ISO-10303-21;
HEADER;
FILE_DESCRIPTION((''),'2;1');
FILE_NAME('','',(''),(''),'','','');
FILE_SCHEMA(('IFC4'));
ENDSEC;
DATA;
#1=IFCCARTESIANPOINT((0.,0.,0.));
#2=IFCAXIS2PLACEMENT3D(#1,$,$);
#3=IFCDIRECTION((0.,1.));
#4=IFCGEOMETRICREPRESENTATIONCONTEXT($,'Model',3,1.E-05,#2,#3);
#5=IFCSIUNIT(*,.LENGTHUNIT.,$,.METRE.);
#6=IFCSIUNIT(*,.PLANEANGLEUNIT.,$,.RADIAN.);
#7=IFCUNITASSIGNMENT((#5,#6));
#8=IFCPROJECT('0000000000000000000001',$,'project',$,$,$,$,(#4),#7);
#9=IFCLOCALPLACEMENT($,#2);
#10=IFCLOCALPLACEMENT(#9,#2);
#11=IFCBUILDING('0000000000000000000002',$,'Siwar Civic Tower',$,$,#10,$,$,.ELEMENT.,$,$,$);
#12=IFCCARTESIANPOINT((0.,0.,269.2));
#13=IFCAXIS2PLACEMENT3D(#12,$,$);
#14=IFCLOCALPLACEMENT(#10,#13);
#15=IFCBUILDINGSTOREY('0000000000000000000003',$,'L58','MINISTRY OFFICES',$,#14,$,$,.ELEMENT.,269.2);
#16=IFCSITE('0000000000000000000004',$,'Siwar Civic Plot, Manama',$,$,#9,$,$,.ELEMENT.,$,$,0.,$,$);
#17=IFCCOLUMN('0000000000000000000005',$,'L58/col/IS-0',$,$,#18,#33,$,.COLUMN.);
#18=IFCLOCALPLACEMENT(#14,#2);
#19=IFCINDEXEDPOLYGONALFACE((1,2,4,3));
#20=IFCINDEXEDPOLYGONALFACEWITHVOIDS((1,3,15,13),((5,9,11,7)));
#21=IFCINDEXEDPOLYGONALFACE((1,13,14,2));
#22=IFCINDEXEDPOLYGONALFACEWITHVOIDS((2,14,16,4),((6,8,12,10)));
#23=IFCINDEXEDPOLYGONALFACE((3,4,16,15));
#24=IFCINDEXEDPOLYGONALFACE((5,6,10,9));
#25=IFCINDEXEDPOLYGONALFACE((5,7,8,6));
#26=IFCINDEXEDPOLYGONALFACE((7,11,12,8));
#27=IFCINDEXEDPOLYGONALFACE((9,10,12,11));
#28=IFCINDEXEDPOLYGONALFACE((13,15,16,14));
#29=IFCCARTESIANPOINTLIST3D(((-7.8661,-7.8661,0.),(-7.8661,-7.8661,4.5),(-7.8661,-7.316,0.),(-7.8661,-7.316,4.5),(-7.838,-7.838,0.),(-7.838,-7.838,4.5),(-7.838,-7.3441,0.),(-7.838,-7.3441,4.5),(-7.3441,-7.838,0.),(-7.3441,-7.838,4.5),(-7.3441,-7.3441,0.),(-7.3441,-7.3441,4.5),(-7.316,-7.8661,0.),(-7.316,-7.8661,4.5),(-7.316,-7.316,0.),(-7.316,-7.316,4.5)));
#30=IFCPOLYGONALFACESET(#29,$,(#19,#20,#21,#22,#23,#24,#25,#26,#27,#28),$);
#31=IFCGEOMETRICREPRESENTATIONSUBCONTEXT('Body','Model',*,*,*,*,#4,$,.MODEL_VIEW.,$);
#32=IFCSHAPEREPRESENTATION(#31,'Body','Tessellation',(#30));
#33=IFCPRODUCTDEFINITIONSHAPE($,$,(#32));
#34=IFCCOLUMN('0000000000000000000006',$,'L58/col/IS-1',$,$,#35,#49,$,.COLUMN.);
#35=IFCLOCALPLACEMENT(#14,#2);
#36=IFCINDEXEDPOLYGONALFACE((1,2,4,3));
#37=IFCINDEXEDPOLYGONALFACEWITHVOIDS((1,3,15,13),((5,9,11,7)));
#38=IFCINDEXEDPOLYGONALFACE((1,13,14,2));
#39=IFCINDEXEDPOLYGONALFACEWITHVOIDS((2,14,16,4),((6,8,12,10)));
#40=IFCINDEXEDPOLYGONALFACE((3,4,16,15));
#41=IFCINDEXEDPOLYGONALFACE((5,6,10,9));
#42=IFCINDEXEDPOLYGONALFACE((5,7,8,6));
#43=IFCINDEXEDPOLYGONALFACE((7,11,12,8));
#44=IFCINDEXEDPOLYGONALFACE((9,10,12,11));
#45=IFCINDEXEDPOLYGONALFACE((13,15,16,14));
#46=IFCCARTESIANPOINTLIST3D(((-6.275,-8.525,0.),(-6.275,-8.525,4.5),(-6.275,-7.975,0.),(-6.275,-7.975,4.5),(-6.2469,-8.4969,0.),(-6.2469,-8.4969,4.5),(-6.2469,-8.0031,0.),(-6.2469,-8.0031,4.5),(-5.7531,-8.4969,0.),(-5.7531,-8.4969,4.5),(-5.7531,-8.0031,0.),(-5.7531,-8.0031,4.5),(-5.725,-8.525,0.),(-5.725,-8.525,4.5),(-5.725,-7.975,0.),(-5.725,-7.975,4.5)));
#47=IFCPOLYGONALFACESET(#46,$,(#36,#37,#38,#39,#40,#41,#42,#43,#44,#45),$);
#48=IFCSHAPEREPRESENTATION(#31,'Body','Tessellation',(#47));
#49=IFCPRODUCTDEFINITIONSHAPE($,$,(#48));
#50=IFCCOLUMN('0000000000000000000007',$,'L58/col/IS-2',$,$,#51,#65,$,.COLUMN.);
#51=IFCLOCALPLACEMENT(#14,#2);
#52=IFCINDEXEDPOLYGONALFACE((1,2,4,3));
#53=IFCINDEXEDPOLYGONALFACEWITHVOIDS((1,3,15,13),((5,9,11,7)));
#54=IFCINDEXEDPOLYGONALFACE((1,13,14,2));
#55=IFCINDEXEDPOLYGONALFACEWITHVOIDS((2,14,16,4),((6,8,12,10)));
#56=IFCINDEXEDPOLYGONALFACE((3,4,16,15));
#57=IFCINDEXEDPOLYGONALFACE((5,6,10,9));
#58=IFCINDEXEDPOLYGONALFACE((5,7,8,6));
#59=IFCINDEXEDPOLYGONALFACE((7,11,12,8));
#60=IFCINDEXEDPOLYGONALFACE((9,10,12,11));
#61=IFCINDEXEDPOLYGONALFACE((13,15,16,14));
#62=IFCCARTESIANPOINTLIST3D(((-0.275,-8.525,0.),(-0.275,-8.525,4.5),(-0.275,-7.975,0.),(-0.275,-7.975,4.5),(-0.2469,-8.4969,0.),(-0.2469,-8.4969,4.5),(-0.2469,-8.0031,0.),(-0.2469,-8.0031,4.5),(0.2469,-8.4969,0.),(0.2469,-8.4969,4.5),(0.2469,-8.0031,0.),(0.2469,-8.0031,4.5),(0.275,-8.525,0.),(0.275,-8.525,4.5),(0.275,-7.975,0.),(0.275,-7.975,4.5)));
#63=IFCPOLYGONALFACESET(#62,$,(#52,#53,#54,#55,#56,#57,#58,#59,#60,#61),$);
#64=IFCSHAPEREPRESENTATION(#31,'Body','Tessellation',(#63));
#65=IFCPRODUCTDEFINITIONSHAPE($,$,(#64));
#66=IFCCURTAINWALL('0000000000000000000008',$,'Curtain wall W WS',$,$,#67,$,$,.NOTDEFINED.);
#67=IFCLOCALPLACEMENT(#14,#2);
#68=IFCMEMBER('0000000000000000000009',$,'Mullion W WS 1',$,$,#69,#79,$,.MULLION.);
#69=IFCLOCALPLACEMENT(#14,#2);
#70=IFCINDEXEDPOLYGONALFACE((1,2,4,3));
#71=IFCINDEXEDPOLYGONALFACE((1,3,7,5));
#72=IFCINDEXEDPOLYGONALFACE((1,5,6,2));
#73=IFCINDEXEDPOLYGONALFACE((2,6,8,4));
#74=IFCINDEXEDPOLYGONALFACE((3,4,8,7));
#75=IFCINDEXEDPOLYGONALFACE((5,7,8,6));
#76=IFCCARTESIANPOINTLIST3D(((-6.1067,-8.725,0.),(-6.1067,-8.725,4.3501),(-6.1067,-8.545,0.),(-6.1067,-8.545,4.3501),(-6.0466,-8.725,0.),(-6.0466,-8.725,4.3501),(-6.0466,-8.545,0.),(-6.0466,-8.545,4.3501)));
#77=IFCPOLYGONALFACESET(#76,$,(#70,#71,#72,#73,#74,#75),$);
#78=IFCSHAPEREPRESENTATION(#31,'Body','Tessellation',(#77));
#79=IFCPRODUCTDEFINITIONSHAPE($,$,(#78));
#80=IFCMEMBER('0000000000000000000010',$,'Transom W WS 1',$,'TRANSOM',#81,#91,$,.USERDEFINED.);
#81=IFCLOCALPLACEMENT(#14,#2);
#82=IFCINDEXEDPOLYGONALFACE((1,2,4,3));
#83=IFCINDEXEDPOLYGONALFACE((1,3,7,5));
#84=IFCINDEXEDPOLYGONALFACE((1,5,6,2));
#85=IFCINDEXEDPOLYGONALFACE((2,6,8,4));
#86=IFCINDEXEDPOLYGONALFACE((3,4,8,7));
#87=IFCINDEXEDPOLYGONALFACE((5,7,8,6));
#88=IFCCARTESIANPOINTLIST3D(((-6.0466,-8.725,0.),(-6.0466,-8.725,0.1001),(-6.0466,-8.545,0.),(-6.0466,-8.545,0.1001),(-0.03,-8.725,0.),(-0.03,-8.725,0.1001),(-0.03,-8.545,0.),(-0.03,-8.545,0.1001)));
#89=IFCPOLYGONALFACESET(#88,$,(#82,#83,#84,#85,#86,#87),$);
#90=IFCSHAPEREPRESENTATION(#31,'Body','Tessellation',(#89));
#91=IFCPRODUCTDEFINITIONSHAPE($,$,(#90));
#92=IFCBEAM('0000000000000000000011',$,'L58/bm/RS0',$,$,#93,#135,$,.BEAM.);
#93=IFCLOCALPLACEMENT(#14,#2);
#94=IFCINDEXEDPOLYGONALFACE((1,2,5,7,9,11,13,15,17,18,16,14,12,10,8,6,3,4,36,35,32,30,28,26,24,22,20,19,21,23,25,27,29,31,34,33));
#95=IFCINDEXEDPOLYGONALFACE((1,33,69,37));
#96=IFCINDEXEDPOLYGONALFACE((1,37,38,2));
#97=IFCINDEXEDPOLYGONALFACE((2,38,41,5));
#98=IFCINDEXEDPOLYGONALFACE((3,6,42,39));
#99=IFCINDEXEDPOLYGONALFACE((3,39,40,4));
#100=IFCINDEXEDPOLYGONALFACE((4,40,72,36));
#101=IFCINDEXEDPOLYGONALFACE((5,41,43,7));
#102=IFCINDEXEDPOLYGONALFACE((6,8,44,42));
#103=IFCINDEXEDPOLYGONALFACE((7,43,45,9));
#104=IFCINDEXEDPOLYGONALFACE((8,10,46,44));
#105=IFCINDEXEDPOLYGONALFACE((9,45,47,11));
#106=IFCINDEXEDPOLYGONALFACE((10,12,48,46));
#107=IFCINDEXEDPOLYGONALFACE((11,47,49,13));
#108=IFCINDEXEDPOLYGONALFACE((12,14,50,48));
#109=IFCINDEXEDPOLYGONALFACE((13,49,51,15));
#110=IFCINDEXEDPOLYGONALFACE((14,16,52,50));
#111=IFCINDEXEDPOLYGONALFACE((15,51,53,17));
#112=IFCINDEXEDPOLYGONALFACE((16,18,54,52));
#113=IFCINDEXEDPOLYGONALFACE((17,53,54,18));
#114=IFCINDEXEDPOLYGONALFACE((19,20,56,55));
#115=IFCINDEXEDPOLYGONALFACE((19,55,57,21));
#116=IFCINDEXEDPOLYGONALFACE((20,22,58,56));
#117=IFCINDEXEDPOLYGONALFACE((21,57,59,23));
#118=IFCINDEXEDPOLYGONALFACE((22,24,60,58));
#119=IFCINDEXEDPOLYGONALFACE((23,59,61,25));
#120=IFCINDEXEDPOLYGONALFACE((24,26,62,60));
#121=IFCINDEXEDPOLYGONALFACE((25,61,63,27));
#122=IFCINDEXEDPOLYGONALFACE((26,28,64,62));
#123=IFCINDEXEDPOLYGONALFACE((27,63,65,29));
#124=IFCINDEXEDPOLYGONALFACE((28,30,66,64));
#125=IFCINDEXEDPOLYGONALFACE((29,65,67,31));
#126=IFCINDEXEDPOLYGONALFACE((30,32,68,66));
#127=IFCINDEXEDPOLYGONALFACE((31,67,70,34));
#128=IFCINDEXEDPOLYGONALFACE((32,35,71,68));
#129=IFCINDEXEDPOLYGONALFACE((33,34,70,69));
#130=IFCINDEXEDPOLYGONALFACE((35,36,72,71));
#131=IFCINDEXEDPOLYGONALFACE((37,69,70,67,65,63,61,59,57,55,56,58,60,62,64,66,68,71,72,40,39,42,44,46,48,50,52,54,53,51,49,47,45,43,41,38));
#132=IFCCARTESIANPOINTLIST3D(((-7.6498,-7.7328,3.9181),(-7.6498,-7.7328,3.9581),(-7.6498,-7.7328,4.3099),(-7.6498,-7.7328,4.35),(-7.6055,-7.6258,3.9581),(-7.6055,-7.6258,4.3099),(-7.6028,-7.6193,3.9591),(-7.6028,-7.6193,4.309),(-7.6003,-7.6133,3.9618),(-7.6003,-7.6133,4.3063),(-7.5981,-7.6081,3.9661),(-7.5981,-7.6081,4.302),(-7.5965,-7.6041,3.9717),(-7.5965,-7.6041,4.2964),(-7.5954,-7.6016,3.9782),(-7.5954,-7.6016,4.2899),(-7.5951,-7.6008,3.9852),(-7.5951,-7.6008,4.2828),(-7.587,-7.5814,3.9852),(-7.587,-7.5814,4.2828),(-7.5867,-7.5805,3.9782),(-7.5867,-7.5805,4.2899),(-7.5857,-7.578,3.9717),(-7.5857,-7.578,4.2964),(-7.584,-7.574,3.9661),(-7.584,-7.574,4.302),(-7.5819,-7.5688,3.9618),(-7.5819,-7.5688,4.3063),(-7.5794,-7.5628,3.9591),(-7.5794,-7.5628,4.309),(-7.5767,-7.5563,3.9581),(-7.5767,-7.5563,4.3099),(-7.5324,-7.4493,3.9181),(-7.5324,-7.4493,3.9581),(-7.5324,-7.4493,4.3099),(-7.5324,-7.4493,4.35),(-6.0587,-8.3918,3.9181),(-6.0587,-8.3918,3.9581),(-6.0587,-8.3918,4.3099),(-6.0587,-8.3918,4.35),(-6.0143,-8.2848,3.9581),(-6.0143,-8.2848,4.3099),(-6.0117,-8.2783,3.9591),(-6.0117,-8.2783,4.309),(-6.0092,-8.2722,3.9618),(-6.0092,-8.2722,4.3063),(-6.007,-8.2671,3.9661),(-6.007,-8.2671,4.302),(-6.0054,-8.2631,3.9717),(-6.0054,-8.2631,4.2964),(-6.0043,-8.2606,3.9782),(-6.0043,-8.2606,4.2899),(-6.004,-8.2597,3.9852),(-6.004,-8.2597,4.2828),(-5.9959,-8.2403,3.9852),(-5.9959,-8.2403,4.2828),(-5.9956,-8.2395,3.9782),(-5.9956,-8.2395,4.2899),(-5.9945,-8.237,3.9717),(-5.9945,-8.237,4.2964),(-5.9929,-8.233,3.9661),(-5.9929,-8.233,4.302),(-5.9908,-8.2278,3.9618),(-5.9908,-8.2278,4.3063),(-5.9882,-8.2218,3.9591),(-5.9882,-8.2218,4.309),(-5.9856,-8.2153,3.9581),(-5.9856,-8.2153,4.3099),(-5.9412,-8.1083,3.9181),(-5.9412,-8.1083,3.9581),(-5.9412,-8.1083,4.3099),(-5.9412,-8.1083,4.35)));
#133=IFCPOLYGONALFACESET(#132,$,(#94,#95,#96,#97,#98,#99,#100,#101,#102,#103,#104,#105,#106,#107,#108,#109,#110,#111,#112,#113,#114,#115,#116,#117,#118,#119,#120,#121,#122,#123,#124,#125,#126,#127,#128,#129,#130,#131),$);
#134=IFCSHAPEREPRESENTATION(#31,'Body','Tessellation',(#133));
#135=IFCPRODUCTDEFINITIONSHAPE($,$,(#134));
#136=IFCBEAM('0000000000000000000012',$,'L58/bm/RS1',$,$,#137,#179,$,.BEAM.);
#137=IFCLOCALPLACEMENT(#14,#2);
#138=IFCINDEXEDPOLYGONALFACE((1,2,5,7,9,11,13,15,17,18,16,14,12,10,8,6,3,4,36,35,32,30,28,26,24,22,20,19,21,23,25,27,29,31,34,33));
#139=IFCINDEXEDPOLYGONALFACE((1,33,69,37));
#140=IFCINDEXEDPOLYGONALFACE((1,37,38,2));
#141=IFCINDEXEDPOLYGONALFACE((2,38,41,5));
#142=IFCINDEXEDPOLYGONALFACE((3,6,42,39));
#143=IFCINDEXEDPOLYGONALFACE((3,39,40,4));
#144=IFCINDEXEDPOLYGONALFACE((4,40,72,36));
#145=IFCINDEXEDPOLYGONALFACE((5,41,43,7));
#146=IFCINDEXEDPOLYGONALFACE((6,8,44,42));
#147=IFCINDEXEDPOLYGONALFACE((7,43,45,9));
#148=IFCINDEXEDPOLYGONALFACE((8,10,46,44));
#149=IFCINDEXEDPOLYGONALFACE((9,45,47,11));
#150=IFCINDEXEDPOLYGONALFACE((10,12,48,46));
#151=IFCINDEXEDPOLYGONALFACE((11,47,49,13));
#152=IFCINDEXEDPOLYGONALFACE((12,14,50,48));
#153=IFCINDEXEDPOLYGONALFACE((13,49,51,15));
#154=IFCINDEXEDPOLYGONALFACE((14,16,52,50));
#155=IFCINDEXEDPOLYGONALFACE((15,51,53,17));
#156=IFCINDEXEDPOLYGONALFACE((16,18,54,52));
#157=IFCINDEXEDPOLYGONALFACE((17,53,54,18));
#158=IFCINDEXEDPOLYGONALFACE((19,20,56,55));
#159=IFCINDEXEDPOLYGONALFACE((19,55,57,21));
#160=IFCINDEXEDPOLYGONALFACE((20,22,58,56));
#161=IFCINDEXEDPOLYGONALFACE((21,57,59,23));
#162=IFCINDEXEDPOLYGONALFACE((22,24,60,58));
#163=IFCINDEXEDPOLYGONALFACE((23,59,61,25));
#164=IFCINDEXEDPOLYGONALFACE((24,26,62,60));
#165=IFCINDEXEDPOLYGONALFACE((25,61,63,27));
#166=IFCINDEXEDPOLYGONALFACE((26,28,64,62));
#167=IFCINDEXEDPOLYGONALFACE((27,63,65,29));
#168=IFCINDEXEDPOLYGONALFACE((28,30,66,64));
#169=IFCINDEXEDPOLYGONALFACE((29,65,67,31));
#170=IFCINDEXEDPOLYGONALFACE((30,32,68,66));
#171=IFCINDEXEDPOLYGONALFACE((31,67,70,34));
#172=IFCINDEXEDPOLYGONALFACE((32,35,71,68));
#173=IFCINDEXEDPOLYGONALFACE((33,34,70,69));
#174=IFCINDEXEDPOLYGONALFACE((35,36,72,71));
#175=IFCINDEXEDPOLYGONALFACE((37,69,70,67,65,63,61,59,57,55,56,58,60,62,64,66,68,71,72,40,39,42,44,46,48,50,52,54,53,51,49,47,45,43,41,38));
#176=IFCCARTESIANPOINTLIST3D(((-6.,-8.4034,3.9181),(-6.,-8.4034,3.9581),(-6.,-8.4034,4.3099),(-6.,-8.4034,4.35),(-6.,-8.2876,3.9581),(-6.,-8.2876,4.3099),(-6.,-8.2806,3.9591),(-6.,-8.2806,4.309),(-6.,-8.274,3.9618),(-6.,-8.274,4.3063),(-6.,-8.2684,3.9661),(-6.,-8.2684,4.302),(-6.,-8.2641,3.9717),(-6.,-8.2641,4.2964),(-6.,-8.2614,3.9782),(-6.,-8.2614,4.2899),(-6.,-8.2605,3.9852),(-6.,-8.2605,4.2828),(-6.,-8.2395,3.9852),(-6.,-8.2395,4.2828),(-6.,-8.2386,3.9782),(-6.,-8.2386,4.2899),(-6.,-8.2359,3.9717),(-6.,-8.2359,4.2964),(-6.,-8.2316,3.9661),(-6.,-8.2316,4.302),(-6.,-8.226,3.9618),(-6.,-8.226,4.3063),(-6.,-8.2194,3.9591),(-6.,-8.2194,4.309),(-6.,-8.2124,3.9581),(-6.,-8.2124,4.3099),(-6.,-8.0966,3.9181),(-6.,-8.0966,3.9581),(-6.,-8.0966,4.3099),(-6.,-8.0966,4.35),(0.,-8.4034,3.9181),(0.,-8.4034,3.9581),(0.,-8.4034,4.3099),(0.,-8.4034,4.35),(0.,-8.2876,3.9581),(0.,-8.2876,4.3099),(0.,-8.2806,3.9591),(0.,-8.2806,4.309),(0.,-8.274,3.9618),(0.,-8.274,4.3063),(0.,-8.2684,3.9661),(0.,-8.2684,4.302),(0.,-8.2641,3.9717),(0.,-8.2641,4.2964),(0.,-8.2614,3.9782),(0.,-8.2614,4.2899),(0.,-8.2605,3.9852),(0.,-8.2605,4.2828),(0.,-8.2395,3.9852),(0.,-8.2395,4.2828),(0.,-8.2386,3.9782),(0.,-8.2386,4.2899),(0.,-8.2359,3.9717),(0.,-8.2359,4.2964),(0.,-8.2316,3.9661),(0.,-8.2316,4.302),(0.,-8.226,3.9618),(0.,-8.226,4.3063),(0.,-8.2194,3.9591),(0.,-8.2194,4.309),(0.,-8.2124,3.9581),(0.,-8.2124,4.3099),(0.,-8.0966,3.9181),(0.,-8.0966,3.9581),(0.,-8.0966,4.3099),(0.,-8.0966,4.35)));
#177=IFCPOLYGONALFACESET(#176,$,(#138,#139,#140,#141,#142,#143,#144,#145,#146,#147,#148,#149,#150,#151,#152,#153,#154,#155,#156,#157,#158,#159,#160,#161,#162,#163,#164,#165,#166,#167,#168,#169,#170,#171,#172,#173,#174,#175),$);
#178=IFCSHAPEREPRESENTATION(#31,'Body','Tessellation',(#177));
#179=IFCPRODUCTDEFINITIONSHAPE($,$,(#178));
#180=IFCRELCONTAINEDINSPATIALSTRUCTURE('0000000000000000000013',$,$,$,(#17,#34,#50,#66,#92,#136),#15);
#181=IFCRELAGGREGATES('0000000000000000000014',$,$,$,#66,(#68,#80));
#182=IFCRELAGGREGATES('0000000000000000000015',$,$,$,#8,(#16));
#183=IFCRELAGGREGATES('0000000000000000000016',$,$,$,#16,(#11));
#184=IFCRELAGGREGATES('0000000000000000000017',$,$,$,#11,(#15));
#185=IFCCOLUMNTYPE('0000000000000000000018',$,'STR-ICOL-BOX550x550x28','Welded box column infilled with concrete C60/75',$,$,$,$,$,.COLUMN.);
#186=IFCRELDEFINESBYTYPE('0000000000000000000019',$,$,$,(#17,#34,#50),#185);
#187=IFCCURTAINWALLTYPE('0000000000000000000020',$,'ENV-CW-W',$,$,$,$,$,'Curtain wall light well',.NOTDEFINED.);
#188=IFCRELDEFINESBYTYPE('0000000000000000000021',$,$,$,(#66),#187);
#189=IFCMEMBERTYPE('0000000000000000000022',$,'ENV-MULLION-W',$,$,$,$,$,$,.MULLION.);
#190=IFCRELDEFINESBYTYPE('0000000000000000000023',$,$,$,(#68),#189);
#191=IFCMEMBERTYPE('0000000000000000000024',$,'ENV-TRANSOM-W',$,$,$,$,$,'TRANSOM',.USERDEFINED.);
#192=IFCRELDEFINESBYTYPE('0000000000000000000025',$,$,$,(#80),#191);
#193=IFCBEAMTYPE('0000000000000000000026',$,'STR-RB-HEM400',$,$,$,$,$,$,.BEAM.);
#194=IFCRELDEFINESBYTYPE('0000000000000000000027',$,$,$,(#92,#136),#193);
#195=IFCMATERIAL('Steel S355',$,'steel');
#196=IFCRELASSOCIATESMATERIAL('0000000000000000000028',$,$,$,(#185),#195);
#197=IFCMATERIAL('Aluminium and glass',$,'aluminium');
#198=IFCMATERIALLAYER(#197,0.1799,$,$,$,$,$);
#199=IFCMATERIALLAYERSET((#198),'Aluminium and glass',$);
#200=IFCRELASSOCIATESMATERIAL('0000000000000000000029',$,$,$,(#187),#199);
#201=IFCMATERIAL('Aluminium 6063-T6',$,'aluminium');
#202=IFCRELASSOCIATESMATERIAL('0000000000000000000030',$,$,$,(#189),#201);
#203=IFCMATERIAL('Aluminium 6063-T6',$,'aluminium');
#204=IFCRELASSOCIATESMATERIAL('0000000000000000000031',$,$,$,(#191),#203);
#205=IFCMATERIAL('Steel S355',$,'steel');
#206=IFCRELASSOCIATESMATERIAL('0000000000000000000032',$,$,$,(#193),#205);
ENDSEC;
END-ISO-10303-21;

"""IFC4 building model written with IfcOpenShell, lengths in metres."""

from ifc_helpers import new_model, si_unit, direction, frame, origin, origin_2d, place, context, subcontext, project, spatial, rectangle, hollow_rectangle, i_section, extrude, material, layer, layer_set, material_profile, profile_set, type_object, element, aggregate, save


model = new_model("IFC4")

# Units and contexts
model_context = context("Model", 3, precision=1e-05, world=origin(), true_north=direction((0.0, 1.0)))
body_context = subcontext(model_context, "Body", "Model", "MODEL_VIEW")
ifc_project = project(units=[si_unit("LENGTHUNIT", "METRE"), si_unit("PLANEANGLEUNIT", "RADIAN")], contexts=[model_context])

# Site, building, storey
site_placement = place(None, origin())
site = spatial("IfcSite", under=ifc_project, at=site_placement, Name="Siwar Civic Plot, Manama", CompositionType="ELEMENT", RefElevation=0.0)
building_placement = place(site_placement, origin())
building = spatial("IfcBuilding", under=site, at=building_placement, Name="Siwar Civic Tower", CompositionType="ELEMENT")
storey_placement = place(building_placement, frame((0.0, 0.0, 269.2)))
storey = spatial("IfcBuildingStorey", under=building, at=storey_placement, Name="L58", Description="MINISTRY OFFICES", CompositionType="ELEMENT", Elevation=269.2)

# Columns
ifc_material_1 = material(Name="Steel S355", Category="steel")
ifc_material_profile_1 = material_profile(ifc_material_1, hollow_rectangle(XDim=0.55, YDim=0.55, WallThickness=0.0281, at=origin_2d()), Name="BOX550x550x28")
ifc_profile_set_1 = profile_set([ifc_material_profile_1], Name="Steel S355")
column_type = type_object("IfcColumnType", Name="STR-ICOL-BOX550x550x28", Description="Welded box column infilled with concrete C60/75", PredefinedType="COLUMN", material=ifc_profile_set_1)
for number, where, z_axis, x_axis, name in (
    (1, (-7.5911, -7.5911, 0.0), (0.0, 0.0, 1.0), (1.0, 0.0, 0.0), "L58/col/IS-0"),
    (2, (-6.0, -8.25, 0.0), (0.0, 0.0, 1.0), (1.0, 0.0, 0.0), "L58/col/IS-1"),
    (3, (0.0, -8.25, 0.0), (0.0, 0.0, 1.0), (1.0, 0.0, 0.0), "L58/col/IS-2"),
):
    element("IfcColumn", number, at=place(storey_placement, frame(where, z_axis=z_axis, x_axis=x_axis)), inside=storey, type_object=column_type, Name=name, PredefinedType="COLUMN", context=body_context, shape_type="SweptSolid", body=[
        extrude(hollow_rectangle(XDim=0.55, YDim=0.55, WallThickness=0.0281, at=origin_2d()), origin(), (0.0, 0.0, 1.0), 4.5),
    ])

# Curtain wall, members
ifc_material_2 = material(Name="Aluminium and glass", Category="aluminium")
ifc_layer_1 = layer(ifc_material_2, 0.1799)
ifc_layer_set_1 = layer_set([ifc_layer_1], Name="Aluminium and glass")
curtain_wall_type = type_object("IfcCurtainWallType", Name="ENV-CW-W", ElementType="Curtain wall light well", PredefinedType="NOTDEFINED", material=ifc_layer_set_1)
curtain_wall_placement = place(storey_placement, origin())
curtain_wall = element("IfcCurtainWall", 4, at=curtain_wall_placement, inside=storey, type_object=curtain_wall_type, Name="Curtain wall W WS", PredefinedType="NOTDEFINED")
ifc_material_3 = material(Name="Aluminium 6063-T6", Category="aluminium")
ifc_material_profile_2 = material_profile(ifc_material_3, rectangle(XDim=0.1799, YDim=0.0601, at=origin_2d()), Name="AL 180x60")
ifc_profile_set_2 = profile_set([ifc_material_profile_2], Name="Aluminium 6063-T6")
member_type_1 = type_object("IfcMemberType", Name="ENV-MULLION-W", PredefinedType="MULLION", material=ifc_profile_set_2)
member_1_placement = place(storey_placement, frame((-6.0767, -8.635, 0.0), z_axis=(0.0, 0.0, 1.0), x_axis=(0.0, 1.0, 0.0)))
member_1 = element("IfcMember", 5, at=member_1_placement, type_object=member_type_1, Name="Mullion W WS 1", PredefinedType="MULLION", context=body_context, shape_type="SweptSolid", body=[
    extrude(rectangle(XDim=0.1799, YDim=0.0601, at=origin_2d()), origin(), (0.0, 0.0, 1.0), 4.3501),
])
ifc_material_4 = material(Name="Aluminium 6063-T6", Category="aluminium")
ifc_material_profile_3 = material_profile(ifc_material_4, rectangle(XDim=0.1799, YDim=0.1001, at=origin_2d()), Name="AL 180x100")
ifc_profile_set_3 = profile_set([ifc_material_profile_3], Name="Aluminium 6063-T6")
member_type_2 = type_object("IfcMemberType", Name="ENV-TRANSOM-W", ElementType="TRANSOM", PredefinedType="USERDEFINED", material=ifc_profile_set_3)
member_2_placement = place(storey_placement, frame((-6.0466, -8.635, 0.05), z_axis=(1.0, 0.0, 0.0), x_axis=(0.0, 1.0, 0.0)))
member_2 = element("IfcMember", 6, at=member_2_placement, type_object=member_type_2, Name="Transom W WS 1", ObjectType="TRANSOM", PredefinedType="USERDEFINED", context=body_context, shape_type="SweptSolid", body=[
    extrude(rectangle(XDim=0.1799, YDim=0.1001, at=origin_2d()), origin(), (0.0, 0.0, 1.0), 6.0166),
])

# Beams
ifc_material_5 = material(Name="Steel S355", Category="steel")
ifc_material_profile_4 = material_profile(ifc_material_5, i_section(OverallWidth=0.3069, OverallDepth=0.4319, WebThickness=0.021, FlangeThickness=0.04, FilletRadius=0.0271, at=origin_2d()), Name="HEM400")
ifc_profile_set_4 = profile_set([ifc_material_profile_4], Name="Steel S355")
beam_type = type_object("IfcBeamType", Name="STR-RB-HEM400", PredefinedType="BEAM", material=ifc_profile_set_4)
beam_1_placement = place(storey_placement, frame((-7.5911, -7.5911, 4.134), z_axis=(0.923901, -0.382631, 0.0), x_axis=(0.382631, 0.923901, 0.0)))
element("IfcBeam", 7, at=beam_1_placement, inside=storey, type_object=beam_type, Name="L58/bm/RS0", PredefinedType="BEAM", context=body_context, shape_type="SweptSolid", body=[
    extrude(i_section(OverallWidth=0.3069, OverallDepth=0.4319, WebThickness=0.021, FlangeThickness=0.04, FilletRadius=0.0271, at=origin_2d()), origin(), (0.0, 0.0, 1.0), 1.7222),
])
for number, where, z_axis, x_axis, name in (
    (8, (-6.0, -8.25, 4.134), (1.0, 0.0, 0.0), (0.0, 1.0, 0.0), "L58/bm/RS1"),
):
    element("IfcBeam", number, at=place(storey_placement, frame(where, z_axis=z_axis, x_axis=x_axis)), inside=storey, type_object=beam_type, Name=name, PredefinedType="BEAM", context=body_context, shape_type="SweptSolid", body=[
        extrude(i_section(OverallWidth=0.3069, OverallDepth=0.4319, WebThickness=0.021, FlangeThickness=0.04, FilletRadius=0.0271, at=origin_2d()), origin(), (0.0, 0.0, 1.0), 6.0),
    ])

aggregate(curtain_wall, [member_1, member_2])

save(model, "model.ifc")
